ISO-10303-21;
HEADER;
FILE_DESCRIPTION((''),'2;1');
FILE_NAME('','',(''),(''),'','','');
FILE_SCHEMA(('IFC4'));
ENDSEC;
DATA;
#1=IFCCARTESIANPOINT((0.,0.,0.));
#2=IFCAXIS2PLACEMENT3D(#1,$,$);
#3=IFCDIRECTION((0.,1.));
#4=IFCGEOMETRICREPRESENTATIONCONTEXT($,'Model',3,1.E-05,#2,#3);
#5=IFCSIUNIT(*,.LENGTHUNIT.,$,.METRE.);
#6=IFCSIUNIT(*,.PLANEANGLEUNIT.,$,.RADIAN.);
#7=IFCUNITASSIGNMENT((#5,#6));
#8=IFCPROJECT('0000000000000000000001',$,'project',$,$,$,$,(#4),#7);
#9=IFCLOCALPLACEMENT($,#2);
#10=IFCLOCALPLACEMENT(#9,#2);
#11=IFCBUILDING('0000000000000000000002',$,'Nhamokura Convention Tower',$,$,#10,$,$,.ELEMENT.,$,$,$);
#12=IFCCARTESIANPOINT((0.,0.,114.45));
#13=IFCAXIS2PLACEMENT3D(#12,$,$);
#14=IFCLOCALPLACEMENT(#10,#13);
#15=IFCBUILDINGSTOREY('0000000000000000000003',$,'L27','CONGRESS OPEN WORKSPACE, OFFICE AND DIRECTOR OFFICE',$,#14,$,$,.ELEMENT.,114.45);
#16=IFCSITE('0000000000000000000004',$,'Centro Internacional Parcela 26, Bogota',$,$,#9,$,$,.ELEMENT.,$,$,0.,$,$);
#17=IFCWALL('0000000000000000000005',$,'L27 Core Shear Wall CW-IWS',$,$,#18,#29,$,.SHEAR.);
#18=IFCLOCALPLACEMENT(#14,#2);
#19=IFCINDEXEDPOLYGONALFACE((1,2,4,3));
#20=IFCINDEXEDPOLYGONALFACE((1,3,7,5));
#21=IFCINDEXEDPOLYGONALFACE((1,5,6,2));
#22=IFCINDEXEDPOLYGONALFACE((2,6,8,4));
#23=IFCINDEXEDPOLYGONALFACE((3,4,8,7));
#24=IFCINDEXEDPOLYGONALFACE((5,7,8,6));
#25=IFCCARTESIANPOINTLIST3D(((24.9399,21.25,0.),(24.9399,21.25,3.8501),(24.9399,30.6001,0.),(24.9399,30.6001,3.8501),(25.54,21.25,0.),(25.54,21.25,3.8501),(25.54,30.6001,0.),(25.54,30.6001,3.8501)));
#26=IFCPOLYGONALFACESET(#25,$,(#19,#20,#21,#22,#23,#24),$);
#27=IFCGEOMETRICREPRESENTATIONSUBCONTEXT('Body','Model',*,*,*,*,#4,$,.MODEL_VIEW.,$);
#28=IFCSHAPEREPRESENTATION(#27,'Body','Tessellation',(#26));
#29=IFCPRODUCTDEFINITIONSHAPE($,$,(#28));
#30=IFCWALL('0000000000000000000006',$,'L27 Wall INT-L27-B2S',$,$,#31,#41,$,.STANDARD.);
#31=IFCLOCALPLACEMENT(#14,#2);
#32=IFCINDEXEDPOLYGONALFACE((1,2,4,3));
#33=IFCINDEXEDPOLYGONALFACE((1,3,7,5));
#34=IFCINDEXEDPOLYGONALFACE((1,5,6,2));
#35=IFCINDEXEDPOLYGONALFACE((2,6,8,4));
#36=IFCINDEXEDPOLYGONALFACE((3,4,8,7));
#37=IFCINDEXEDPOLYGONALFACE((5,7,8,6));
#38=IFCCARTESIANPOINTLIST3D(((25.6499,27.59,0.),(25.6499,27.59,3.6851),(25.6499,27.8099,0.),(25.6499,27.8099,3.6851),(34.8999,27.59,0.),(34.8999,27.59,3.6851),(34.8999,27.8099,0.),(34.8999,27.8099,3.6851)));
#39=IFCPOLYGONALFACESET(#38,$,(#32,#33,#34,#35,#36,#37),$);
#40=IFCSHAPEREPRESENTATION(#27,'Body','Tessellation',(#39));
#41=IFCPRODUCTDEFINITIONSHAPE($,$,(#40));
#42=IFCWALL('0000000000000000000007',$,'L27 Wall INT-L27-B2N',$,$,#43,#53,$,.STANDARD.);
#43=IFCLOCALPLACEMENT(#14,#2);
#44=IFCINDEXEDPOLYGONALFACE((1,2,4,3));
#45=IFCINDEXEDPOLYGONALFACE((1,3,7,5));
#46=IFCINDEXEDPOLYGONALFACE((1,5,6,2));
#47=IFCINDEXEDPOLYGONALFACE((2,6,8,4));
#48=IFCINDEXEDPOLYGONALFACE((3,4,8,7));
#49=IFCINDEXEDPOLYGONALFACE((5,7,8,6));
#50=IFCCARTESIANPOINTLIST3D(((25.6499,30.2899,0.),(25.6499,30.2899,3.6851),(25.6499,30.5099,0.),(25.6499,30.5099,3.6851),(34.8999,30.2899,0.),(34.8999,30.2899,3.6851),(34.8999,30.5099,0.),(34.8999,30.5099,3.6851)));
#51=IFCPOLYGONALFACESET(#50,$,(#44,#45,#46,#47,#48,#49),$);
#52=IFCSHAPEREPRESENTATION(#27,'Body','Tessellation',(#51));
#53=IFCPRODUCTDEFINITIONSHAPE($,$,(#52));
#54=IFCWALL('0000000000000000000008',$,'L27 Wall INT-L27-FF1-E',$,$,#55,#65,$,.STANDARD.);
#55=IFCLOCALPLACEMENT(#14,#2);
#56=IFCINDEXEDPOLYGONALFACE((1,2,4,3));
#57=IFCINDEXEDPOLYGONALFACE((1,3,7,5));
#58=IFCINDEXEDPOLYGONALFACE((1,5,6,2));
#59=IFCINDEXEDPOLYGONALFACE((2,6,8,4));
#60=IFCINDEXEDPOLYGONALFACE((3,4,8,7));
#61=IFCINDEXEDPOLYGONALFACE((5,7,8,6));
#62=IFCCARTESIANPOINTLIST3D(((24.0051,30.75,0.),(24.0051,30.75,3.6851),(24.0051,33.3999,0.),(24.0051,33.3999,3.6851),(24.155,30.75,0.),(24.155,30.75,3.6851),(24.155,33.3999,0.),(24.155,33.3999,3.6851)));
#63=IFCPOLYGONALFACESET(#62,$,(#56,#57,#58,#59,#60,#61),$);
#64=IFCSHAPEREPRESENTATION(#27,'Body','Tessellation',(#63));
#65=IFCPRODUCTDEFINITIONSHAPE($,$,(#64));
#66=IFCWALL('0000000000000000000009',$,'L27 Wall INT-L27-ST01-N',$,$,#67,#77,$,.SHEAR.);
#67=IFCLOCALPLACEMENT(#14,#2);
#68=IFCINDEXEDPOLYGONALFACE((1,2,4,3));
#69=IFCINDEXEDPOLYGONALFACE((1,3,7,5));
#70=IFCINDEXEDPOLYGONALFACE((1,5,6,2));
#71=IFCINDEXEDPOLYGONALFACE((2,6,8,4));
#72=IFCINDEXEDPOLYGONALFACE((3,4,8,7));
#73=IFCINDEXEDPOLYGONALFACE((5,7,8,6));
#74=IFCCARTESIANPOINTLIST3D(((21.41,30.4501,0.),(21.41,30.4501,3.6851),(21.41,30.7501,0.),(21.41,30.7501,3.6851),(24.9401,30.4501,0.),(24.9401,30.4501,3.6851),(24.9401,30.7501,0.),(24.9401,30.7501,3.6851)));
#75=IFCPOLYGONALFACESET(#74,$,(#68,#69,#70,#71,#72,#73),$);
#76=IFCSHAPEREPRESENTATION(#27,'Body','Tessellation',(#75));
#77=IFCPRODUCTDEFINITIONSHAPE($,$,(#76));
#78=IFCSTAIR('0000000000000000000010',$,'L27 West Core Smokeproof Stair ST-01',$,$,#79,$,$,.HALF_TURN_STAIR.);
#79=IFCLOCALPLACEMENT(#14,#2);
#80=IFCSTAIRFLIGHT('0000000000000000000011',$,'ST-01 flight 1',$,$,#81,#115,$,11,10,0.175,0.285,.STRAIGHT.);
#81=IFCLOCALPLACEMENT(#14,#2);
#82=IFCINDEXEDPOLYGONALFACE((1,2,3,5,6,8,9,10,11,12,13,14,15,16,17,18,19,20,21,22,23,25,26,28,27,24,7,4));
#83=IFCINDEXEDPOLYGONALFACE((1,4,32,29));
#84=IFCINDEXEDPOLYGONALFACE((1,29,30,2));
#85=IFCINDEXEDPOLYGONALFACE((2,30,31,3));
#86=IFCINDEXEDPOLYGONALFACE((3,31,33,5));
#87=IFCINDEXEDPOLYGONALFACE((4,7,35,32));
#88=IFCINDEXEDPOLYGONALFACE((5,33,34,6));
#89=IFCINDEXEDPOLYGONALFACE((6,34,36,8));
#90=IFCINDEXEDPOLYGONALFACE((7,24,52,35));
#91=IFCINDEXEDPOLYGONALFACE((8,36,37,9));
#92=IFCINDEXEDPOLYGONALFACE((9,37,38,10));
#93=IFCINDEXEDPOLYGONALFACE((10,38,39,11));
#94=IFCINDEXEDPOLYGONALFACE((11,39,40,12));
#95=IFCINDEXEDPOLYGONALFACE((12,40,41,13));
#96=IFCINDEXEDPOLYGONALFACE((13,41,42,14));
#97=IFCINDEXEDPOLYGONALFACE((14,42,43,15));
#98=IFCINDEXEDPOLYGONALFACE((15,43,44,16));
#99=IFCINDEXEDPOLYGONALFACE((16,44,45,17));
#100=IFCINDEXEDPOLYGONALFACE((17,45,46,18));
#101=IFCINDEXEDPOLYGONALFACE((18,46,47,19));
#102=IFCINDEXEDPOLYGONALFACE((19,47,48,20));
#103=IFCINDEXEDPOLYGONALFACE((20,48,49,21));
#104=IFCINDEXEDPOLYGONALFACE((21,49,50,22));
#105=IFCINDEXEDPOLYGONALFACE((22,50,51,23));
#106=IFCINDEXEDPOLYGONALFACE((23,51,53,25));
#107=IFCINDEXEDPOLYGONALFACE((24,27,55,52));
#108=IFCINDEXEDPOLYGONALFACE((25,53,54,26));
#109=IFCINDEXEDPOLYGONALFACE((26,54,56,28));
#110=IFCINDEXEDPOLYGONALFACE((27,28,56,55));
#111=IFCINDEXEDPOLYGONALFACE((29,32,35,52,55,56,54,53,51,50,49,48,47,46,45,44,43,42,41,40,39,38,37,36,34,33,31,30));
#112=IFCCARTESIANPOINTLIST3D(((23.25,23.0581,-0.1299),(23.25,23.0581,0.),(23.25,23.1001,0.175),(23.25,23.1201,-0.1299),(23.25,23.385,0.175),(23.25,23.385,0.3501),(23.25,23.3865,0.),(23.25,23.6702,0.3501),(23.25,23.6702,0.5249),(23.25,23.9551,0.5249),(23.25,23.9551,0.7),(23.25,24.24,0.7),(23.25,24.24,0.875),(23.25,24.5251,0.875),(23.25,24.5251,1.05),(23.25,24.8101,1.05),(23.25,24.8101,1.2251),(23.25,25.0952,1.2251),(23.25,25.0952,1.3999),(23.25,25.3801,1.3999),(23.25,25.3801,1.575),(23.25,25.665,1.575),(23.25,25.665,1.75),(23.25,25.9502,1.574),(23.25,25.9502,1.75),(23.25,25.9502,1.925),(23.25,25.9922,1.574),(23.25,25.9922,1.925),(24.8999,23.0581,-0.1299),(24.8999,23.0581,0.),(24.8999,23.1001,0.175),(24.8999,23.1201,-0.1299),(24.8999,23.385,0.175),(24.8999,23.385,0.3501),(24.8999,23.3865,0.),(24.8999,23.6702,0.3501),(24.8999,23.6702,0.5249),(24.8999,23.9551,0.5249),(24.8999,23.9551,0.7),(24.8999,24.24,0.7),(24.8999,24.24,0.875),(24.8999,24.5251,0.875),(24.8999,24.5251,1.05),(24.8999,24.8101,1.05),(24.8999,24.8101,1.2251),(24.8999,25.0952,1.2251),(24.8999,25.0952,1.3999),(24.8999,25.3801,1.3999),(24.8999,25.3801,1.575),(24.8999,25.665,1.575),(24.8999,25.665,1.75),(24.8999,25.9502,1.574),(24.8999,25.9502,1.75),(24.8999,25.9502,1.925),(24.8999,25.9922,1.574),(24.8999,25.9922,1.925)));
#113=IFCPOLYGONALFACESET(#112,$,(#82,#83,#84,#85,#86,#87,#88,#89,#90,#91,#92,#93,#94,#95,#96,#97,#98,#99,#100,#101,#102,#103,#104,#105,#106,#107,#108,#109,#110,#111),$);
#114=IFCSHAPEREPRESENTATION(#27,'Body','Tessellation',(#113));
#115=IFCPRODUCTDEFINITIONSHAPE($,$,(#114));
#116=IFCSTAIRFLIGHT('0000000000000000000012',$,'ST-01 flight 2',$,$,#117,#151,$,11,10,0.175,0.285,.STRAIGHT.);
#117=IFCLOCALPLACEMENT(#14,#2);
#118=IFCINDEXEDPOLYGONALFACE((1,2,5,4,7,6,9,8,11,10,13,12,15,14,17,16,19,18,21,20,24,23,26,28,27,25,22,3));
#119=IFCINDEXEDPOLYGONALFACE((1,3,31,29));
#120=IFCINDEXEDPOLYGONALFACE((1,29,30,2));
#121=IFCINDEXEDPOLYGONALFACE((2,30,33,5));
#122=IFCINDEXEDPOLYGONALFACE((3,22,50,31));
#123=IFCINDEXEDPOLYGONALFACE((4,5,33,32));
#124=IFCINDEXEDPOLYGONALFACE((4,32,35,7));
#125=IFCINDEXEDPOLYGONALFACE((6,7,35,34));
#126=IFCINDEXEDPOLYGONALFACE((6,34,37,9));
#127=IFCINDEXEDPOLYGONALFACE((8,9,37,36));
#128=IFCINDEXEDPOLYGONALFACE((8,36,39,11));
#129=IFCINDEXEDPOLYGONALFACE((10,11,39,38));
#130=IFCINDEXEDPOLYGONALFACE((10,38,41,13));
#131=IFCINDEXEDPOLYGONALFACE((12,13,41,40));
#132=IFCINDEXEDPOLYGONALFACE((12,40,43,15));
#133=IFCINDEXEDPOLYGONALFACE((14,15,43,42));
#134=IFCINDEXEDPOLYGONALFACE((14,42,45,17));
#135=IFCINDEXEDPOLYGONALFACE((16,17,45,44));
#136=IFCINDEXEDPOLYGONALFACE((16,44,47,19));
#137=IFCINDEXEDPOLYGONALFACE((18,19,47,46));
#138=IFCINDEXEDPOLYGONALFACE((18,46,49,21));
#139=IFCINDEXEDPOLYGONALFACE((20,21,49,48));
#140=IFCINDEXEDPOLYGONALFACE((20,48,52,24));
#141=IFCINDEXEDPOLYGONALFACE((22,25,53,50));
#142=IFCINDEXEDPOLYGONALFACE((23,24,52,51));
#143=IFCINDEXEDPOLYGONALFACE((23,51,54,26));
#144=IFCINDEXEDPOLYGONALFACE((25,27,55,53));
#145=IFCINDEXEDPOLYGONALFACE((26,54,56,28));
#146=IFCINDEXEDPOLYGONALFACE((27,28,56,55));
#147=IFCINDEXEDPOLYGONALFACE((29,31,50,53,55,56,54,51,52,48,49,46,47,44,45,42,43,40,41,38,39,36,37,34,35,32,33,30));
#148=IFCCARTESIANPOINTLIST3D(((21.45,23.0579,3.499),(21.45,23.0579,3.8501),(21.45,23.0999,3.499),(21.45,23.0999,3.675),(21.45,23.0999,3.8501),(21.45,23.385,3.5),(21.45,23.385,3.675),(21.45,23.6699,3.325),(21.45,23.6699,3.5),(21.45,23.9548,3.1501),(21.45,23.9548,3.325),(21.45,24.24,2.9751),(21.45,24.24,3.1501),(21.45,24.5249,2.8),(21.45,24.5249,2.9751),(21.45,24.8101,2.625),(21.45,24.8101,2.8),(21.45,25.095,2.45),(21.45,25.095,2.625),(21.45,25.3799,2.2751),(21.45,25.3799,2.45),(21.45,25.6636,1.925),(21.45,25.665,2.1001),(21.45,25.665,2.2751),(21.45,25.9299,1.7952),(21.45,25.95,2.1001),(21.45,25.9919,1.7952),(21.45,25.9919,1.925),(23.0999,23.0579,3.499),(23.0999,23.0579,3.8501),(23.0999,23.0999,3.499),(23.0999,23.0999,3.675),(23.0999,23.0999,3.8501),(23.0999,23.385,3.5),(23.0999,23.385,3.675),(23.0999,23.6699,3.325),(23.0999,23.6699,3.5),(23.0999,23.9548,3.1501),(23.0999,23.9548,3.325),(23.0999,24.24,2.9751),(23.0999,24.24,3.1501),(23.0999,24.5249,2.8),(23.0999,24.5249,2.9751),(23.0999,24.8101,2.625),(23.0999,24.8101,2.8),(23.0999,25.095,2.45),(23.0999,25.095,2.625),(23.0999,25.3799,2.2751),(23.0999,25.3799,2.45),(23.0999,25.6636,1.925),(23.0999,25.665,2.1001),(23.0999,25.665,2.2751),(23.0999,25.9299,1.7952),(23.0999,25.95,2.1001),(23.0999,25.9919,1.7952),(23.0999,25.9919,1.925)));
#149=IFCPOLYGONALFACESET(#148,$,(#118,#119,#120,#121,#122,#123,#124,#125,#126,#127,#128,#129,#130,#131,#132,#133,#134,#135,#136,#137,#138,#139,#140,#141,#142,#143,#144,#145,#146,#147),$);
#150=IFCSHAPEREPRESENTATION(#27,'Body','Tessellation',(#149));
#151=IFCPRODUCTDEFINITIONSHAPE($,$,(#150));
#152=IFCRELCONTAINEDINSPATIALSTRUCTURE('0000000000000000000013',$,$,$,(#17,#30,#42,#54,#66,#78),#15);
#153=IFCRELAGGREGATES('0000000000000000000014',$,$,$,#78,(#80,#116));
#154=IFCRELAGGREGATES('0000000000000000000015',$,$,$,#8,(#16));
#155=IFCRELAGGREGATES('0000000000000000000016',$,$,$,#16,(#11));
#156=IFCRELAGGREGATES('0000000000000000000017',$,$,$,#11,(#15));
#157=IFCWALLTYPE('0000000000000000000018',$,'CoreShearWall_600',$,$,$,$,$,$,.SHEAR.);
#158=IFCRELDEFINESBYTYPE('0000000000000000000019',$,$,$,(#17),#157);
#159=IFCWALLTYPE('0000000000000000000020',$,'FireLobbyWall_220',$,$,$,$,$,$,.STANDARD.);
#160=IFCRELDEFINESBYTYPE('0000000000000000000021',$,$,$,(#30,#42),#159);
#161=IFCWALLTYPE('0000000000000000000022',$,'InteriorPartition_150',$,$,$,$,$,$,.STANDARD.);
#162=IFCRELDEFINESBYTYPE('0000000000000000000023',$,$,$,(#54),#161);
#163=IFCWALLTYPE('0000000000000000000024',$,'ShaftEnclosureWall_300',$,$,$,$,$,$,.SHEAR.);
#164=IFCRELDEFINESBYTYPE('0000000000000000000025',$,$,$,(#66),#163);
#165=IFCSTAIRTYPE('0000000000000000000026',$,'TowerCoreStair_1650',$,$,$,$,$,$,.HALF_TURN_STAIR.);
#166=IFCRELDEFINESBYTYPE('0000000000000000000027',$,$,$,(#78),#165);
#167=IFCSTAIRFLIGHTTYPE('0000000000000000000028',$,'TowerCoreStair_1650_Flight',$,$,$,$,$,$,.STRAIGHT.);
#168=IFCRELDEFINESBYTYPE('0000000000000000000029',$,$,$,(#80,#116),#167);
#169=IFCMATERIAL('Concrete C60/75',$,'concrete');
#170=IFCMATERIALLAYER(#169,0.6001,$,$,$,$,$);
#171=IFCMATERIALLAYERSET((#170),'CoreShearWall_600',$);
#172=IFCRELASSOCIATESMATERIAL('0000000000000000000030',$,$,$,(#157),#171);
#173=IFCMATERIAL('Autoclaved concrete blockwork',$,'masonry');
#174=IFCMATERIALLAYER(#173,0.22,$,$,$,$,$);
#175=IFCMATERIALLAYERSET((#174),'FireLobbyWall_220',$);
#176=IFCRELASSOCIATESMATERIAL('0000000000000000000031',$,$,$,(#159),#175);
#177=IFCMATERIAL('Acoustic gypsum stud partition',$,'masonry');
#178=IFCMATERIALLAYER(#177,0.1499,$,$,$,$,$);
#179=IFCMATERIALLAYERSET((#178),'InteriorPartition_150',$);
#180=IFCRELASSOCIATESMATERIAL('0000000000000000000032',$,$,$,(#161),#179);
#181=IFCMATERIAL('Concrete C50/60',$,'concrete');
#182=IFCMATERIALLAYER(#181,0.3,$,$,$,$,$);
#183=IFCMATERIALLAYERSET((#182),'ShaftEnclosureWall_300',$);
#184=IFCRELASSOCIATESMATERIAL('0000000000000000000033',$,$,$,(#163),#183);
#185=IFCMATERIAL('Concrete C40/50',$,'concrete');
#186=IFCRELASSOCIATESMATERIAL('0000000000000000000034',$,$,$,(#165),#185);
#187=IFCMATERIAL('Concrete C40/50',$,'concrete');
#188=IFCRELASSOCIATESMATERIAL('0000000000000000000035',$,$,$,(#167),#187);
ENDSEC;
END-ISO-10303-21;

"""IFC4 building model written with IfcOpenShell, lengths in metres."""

from ifc_helpers import new_model, si_unit, direction, frame, frame_2d, origin, place, context, subcontext, project, spatial, polyline, rectangle, outline, extrude, material, layer, layer_set, type_object, element, aggregate, save


model = new_model("IFC4")

# Units and contexts
model_context = context("Model", 3, precision=1e-05, world=origin(), true_north=direction((0.0, 1.0)))
body_context = subcontext(model_context, "Body", "Model", "MODEL_VIEW")
ifc_project = project(units=[si_unit("LENGTHUNIT", "METRE"), si_unit("PLANEANGLEUNIT", "RADIAN")], contexts=[model_context])

# Site, building, storey
site_placement = place(None, origin())
site = spatial("IfcSite", under=ifc_project, at=site_placement, Name="Centro Internacional Parcela 26, Bogota", CompositionType="ELEMENT", RefElevation=0.0)
building_placement = place(site_placement, origin())
building = spatial("IfcBuilding", under=site, at=building_placement, Name="Nhamokura Convention Tower", CompositionType="ELEMENT")
storey_placement = place(building_placement, frame((0.0, 0.0, 114.45)))
storey = spatial("IfcBuildingStorey", under=building, at=storey_placement, Name="L27", Description="CONGRESS OPEN WORKSPACE, OFFICE AND DIRECTOR OFFICE", CompositionType="ELEMENT", Elevation=114.45)

# Wall
ifc_material_1 = material(Name="Concrete C60/75", Category="concrete")
ifc_layer_1 = layer(ifc_material_1, 0.6001)
ifc_layer_set_1 = layer_set([ifc_layer_1], Name="CoreShearWall_600")
wall_type_1 = type_object("IfcWallType", Name="CoreShearWall_600", PredefinedType="SHEAR", material=ifc_layer_set_1)
wall_1_placement = place(storey_placement, frame((25.24, 21.25, 0.0), z_axis=(0.0, 0.0, 1.0), x_axis=(0.0, 1.0, 0.0)))
element("IfcWall", 1, at=wall_1_placement, inside=storey, type_object=wall_type_1, Name="L27 Core Shear Wall CW-IWS", PredefinedType="SHEAR", context=body_context, shape_type="SweptSolid", body=[
    extrude(rectangle(XDim=9.3501, YDim=0.6001, at=frame_2d((4.675, 0.0))), origin(), (0.0, 0.0, 1.0), 3.8501),
])

# Shared definitions
ifc_material_2 = material(Name="Autoclaved concrete blockwork", Category="masonry")
ifc_layer_2 = layer(ifc_material_2, 0.22)
ifc_layer_set_2 = layer_set([ifc_layer_2], Name="FireLobbyWall_220")
wall_type_2 = type_object("IfcWallType", Name="FireLobbyWall_220", PredefinedType="STANDARD", material=ifc_layer_set_2)

# Walls
for number, where, z_axis, x_axis, name in (
    (2, (25.6499, 27.7, 0.0), (0.0, 0.0, 1.0), (1.0, 0.0, 0.0), "L27 Wall INT-L27-B2S"),
    (3, (25.6499, 30.3999, 0.0), (0.0, 0.0, 1.0), (1.0, 0.0, 0.0), "L27 Wall INT-L27-B2N"),
):
    element("IfcWall", number, at=place(storey_placement, frame(where, z_axis=z_axis, x_axis=x_axis)), inside=storey, type_object=wall_type_2, Name=name, PredefinedType="STANDARD", context=body_context, shape_type="SweptSolid", body=[
        extrude(rectangle(XDim=9.25, YDim=0.22, at=frame_2d((4.625, 0.0))), origin(), (0.0, 0.0, 1.0), 3.6851),
    ])
ifc_material_3 = material(Name="Acoustic gypsum stud partition", Category="masonry")
ifc_layer_3 = layer(ifc_material_3, 0.1499)
ifc_layer_set_3 = layer_set([ifc_layer_3], Name="InteriorPartition_150")
wall_type_3 = type_object("IfcWallType", Name="InteriorPartition_150", PredefinedType="STANDARD", material=ifc_layer_set_3)
wall_2_placement = place(storey_placement, frame((24.0801, 30.75, 0.0), z_axis=(0.0, 0.0, 1.0), x_axis=(0.0, 1.0, 0.0)))
element("IfcWall", 4, at=wall_2_placement, inside=storey, type_object=wall_type_3, Name="L27 Wall INT-L27-FF1-E", PredefinedType="STANDARD", context=body_context, shape_type="SweptSolid", body=[
    extrude(rectangle(XDim=2.6499, YDim=0.1499, at=frame_2d((1.325, 0.0))), origin(), (0.0, 0.0, 1.0), 3.6851),
])
ifc_material_4 = material(Name="Concrete C50/60", Category="concrete")
ifc_layer_4 = layer(ifc_material_4, 0.3)
ifc_layer_set_4 = layer_set([ifc_layer_4], Name="ShaftEnclosureWall_300")
wall_type_4 = type_object("IfcWallType", Name="ShaftEnclosureWall_300", PredefinedType="SHEAR", material=ifc_layer_set_4)
wall_3_placement = place(storey_placement, frame((21.4099, 30.6001, 0.0), z_axis=(0.0, 0.0, 1.0), x_axis=(1.0, 0.0, 0.0)))
element("IfcWall", 5, at=wall_3_placement, inside=storey, type_object=wall_type_4, Name="L27 Wall INT-L27-ST01-N", PredefinedType="SHEAR", context=body_context, shape_type="SweptSolid", body=[
    extrude(rectangle(XDim=3.53, YDim=0.3, at=frame_2d((1.7651, 0.0))), origin(), (0.0, 0.0, 1.0), 3.6851),
])

# Stair, stair flights
ifc_material_5 = material(Name="Concrete C40/50", Category="concrete")
stair_type = type_object("IfcStairType", Name="TowerCoreStair_1650", PredefinedType="HALF_TURN_STAIR", material=ifc_material_5)
stair_placement = place(storey_placement, origin())
stair = element("IfcStair", 6, at=stair_placement, inside=storey, type_object=stair_type, Name="L27 West Core Smokeproof Stair ST-01", PredefinedType="HALF_TURN_STAIR")
ifc_material_6 = material(Name="Concrete C40/50", Category="concrete")
stair_flight_type = type_object("IfcStairFlightType", Name="TowerCoreStair_1650_Flight", PredefinedType="STRAIGHT", material=ifc_material_6)
stair_flight_1_placement = place(storey_placement, frame((24.075, 23.1001, 0.0), z_axis=(0.0, 0.0, 1.0), x_axis=(0.0, 1.0, 0.0)))
stair_flight_1 = element("IfcStairFlight", 7, at=stair_flight_1_placement, type_object=stair_flight_type, Name="ST-01 flight 1", NumberOfRisers=11, NumberOfTreads=10, PredefinedType="STRAIGHT", RiserHeight=0.175, TreadLength=0.285, context=body_context, shape_type="SweptSolid", body=[
    extrude(outline(polyline([(-0.042, 0.0), (0.0, 0.175), (0.2849, 0.175), (0.2849, 0.3501), (0.5701, 0.3501), (0.5701, 0.5249), (0.855, 0.5249), (0.855, 0.7), (1.1399, 0.7), (1.1399, 0.875), (1.425, 0.875), (1.425, 1.05), (1.71, 1.05), (1.71, 1.2251), (1.9951, 1.2251), (1.9951, 1.3999), (2.28, 1.3999), (2.28, 1.575), (2.5649, 1.575), (2.5649, 1.75), (2.8501, 1.75), (2.8501, 1.925), (2.8921, 1.925), (2.8921, 1.574), (2.8501, 1.574), (0.2864, 0.0), (0.02, -0.1299), (-0.042, -0.1299), (-0.042, 0.0)])), frame((0.0, 0.825, 0.0), z_axis=(0.0, -1.0, 0.0), x_axis=(1.0, 0.0, 0.0)), (0.0, 0.0, 1.0), 1.6499),
])
stair_flight_2_placement = place(storey_placement, frame((22.2749, 25.95, 1.925), z_axis=(0.0, 0.0, 1.0), x_axis=(0.0, -1.0, 0.0)))
stair_flight_2 = element("IfcStairFlight", 8, at=stair_flight_2_placement, type_object=stair_flight_type, Name="ST-01 flight 2", NumberOfRisers=11, NumberOfTreads=10, PredefinedType="STRAIGHT", RiserHeight=0.175, TreadLength=0.285, context=body_context, shape_type="SweptSolid", body=[
    extrude(outline(polyline([(-0.042, 0.0), (0.0, 0.175), (0.2849, 0.175), (0.2849, 0.3501), (0.5701, 0.3501), (0.5701, 0.5249), (0.855, 0.5249), (0.855, 0.7), (1.1399, 0.7), (1.1399, 0.875), (1.425, 0.875), (1.425, 1.05), (1.71, 1.05), (1.71, 1.2251), (1.9951, 1.2251), (1.9951, 1.3999), (2.28, 1.3999), (2.28, 1.575), (2.5649, 1.575), (2.5649, 1.75), (2.8501, 1.75), (2.8501, 1.925), (2.8921, 1.925), (2.8921, 1.574), (2.8501, 1.574), (0.2864, 0.0), (0.02, -0.1299), (-0.042, -0.1299), (-0.042, 0.0)])), frame((0.0, 0.825, 0.0), z_axis=(0.0, -1.0, 0.0), x_axis=(1.0, 0.0, 0.0)), (0.0, 0.0, 1.0), 1.6499),
])
aggregate(stair, [stair_flight_1, stair_flight_2])

save(model, "model.ifc")
